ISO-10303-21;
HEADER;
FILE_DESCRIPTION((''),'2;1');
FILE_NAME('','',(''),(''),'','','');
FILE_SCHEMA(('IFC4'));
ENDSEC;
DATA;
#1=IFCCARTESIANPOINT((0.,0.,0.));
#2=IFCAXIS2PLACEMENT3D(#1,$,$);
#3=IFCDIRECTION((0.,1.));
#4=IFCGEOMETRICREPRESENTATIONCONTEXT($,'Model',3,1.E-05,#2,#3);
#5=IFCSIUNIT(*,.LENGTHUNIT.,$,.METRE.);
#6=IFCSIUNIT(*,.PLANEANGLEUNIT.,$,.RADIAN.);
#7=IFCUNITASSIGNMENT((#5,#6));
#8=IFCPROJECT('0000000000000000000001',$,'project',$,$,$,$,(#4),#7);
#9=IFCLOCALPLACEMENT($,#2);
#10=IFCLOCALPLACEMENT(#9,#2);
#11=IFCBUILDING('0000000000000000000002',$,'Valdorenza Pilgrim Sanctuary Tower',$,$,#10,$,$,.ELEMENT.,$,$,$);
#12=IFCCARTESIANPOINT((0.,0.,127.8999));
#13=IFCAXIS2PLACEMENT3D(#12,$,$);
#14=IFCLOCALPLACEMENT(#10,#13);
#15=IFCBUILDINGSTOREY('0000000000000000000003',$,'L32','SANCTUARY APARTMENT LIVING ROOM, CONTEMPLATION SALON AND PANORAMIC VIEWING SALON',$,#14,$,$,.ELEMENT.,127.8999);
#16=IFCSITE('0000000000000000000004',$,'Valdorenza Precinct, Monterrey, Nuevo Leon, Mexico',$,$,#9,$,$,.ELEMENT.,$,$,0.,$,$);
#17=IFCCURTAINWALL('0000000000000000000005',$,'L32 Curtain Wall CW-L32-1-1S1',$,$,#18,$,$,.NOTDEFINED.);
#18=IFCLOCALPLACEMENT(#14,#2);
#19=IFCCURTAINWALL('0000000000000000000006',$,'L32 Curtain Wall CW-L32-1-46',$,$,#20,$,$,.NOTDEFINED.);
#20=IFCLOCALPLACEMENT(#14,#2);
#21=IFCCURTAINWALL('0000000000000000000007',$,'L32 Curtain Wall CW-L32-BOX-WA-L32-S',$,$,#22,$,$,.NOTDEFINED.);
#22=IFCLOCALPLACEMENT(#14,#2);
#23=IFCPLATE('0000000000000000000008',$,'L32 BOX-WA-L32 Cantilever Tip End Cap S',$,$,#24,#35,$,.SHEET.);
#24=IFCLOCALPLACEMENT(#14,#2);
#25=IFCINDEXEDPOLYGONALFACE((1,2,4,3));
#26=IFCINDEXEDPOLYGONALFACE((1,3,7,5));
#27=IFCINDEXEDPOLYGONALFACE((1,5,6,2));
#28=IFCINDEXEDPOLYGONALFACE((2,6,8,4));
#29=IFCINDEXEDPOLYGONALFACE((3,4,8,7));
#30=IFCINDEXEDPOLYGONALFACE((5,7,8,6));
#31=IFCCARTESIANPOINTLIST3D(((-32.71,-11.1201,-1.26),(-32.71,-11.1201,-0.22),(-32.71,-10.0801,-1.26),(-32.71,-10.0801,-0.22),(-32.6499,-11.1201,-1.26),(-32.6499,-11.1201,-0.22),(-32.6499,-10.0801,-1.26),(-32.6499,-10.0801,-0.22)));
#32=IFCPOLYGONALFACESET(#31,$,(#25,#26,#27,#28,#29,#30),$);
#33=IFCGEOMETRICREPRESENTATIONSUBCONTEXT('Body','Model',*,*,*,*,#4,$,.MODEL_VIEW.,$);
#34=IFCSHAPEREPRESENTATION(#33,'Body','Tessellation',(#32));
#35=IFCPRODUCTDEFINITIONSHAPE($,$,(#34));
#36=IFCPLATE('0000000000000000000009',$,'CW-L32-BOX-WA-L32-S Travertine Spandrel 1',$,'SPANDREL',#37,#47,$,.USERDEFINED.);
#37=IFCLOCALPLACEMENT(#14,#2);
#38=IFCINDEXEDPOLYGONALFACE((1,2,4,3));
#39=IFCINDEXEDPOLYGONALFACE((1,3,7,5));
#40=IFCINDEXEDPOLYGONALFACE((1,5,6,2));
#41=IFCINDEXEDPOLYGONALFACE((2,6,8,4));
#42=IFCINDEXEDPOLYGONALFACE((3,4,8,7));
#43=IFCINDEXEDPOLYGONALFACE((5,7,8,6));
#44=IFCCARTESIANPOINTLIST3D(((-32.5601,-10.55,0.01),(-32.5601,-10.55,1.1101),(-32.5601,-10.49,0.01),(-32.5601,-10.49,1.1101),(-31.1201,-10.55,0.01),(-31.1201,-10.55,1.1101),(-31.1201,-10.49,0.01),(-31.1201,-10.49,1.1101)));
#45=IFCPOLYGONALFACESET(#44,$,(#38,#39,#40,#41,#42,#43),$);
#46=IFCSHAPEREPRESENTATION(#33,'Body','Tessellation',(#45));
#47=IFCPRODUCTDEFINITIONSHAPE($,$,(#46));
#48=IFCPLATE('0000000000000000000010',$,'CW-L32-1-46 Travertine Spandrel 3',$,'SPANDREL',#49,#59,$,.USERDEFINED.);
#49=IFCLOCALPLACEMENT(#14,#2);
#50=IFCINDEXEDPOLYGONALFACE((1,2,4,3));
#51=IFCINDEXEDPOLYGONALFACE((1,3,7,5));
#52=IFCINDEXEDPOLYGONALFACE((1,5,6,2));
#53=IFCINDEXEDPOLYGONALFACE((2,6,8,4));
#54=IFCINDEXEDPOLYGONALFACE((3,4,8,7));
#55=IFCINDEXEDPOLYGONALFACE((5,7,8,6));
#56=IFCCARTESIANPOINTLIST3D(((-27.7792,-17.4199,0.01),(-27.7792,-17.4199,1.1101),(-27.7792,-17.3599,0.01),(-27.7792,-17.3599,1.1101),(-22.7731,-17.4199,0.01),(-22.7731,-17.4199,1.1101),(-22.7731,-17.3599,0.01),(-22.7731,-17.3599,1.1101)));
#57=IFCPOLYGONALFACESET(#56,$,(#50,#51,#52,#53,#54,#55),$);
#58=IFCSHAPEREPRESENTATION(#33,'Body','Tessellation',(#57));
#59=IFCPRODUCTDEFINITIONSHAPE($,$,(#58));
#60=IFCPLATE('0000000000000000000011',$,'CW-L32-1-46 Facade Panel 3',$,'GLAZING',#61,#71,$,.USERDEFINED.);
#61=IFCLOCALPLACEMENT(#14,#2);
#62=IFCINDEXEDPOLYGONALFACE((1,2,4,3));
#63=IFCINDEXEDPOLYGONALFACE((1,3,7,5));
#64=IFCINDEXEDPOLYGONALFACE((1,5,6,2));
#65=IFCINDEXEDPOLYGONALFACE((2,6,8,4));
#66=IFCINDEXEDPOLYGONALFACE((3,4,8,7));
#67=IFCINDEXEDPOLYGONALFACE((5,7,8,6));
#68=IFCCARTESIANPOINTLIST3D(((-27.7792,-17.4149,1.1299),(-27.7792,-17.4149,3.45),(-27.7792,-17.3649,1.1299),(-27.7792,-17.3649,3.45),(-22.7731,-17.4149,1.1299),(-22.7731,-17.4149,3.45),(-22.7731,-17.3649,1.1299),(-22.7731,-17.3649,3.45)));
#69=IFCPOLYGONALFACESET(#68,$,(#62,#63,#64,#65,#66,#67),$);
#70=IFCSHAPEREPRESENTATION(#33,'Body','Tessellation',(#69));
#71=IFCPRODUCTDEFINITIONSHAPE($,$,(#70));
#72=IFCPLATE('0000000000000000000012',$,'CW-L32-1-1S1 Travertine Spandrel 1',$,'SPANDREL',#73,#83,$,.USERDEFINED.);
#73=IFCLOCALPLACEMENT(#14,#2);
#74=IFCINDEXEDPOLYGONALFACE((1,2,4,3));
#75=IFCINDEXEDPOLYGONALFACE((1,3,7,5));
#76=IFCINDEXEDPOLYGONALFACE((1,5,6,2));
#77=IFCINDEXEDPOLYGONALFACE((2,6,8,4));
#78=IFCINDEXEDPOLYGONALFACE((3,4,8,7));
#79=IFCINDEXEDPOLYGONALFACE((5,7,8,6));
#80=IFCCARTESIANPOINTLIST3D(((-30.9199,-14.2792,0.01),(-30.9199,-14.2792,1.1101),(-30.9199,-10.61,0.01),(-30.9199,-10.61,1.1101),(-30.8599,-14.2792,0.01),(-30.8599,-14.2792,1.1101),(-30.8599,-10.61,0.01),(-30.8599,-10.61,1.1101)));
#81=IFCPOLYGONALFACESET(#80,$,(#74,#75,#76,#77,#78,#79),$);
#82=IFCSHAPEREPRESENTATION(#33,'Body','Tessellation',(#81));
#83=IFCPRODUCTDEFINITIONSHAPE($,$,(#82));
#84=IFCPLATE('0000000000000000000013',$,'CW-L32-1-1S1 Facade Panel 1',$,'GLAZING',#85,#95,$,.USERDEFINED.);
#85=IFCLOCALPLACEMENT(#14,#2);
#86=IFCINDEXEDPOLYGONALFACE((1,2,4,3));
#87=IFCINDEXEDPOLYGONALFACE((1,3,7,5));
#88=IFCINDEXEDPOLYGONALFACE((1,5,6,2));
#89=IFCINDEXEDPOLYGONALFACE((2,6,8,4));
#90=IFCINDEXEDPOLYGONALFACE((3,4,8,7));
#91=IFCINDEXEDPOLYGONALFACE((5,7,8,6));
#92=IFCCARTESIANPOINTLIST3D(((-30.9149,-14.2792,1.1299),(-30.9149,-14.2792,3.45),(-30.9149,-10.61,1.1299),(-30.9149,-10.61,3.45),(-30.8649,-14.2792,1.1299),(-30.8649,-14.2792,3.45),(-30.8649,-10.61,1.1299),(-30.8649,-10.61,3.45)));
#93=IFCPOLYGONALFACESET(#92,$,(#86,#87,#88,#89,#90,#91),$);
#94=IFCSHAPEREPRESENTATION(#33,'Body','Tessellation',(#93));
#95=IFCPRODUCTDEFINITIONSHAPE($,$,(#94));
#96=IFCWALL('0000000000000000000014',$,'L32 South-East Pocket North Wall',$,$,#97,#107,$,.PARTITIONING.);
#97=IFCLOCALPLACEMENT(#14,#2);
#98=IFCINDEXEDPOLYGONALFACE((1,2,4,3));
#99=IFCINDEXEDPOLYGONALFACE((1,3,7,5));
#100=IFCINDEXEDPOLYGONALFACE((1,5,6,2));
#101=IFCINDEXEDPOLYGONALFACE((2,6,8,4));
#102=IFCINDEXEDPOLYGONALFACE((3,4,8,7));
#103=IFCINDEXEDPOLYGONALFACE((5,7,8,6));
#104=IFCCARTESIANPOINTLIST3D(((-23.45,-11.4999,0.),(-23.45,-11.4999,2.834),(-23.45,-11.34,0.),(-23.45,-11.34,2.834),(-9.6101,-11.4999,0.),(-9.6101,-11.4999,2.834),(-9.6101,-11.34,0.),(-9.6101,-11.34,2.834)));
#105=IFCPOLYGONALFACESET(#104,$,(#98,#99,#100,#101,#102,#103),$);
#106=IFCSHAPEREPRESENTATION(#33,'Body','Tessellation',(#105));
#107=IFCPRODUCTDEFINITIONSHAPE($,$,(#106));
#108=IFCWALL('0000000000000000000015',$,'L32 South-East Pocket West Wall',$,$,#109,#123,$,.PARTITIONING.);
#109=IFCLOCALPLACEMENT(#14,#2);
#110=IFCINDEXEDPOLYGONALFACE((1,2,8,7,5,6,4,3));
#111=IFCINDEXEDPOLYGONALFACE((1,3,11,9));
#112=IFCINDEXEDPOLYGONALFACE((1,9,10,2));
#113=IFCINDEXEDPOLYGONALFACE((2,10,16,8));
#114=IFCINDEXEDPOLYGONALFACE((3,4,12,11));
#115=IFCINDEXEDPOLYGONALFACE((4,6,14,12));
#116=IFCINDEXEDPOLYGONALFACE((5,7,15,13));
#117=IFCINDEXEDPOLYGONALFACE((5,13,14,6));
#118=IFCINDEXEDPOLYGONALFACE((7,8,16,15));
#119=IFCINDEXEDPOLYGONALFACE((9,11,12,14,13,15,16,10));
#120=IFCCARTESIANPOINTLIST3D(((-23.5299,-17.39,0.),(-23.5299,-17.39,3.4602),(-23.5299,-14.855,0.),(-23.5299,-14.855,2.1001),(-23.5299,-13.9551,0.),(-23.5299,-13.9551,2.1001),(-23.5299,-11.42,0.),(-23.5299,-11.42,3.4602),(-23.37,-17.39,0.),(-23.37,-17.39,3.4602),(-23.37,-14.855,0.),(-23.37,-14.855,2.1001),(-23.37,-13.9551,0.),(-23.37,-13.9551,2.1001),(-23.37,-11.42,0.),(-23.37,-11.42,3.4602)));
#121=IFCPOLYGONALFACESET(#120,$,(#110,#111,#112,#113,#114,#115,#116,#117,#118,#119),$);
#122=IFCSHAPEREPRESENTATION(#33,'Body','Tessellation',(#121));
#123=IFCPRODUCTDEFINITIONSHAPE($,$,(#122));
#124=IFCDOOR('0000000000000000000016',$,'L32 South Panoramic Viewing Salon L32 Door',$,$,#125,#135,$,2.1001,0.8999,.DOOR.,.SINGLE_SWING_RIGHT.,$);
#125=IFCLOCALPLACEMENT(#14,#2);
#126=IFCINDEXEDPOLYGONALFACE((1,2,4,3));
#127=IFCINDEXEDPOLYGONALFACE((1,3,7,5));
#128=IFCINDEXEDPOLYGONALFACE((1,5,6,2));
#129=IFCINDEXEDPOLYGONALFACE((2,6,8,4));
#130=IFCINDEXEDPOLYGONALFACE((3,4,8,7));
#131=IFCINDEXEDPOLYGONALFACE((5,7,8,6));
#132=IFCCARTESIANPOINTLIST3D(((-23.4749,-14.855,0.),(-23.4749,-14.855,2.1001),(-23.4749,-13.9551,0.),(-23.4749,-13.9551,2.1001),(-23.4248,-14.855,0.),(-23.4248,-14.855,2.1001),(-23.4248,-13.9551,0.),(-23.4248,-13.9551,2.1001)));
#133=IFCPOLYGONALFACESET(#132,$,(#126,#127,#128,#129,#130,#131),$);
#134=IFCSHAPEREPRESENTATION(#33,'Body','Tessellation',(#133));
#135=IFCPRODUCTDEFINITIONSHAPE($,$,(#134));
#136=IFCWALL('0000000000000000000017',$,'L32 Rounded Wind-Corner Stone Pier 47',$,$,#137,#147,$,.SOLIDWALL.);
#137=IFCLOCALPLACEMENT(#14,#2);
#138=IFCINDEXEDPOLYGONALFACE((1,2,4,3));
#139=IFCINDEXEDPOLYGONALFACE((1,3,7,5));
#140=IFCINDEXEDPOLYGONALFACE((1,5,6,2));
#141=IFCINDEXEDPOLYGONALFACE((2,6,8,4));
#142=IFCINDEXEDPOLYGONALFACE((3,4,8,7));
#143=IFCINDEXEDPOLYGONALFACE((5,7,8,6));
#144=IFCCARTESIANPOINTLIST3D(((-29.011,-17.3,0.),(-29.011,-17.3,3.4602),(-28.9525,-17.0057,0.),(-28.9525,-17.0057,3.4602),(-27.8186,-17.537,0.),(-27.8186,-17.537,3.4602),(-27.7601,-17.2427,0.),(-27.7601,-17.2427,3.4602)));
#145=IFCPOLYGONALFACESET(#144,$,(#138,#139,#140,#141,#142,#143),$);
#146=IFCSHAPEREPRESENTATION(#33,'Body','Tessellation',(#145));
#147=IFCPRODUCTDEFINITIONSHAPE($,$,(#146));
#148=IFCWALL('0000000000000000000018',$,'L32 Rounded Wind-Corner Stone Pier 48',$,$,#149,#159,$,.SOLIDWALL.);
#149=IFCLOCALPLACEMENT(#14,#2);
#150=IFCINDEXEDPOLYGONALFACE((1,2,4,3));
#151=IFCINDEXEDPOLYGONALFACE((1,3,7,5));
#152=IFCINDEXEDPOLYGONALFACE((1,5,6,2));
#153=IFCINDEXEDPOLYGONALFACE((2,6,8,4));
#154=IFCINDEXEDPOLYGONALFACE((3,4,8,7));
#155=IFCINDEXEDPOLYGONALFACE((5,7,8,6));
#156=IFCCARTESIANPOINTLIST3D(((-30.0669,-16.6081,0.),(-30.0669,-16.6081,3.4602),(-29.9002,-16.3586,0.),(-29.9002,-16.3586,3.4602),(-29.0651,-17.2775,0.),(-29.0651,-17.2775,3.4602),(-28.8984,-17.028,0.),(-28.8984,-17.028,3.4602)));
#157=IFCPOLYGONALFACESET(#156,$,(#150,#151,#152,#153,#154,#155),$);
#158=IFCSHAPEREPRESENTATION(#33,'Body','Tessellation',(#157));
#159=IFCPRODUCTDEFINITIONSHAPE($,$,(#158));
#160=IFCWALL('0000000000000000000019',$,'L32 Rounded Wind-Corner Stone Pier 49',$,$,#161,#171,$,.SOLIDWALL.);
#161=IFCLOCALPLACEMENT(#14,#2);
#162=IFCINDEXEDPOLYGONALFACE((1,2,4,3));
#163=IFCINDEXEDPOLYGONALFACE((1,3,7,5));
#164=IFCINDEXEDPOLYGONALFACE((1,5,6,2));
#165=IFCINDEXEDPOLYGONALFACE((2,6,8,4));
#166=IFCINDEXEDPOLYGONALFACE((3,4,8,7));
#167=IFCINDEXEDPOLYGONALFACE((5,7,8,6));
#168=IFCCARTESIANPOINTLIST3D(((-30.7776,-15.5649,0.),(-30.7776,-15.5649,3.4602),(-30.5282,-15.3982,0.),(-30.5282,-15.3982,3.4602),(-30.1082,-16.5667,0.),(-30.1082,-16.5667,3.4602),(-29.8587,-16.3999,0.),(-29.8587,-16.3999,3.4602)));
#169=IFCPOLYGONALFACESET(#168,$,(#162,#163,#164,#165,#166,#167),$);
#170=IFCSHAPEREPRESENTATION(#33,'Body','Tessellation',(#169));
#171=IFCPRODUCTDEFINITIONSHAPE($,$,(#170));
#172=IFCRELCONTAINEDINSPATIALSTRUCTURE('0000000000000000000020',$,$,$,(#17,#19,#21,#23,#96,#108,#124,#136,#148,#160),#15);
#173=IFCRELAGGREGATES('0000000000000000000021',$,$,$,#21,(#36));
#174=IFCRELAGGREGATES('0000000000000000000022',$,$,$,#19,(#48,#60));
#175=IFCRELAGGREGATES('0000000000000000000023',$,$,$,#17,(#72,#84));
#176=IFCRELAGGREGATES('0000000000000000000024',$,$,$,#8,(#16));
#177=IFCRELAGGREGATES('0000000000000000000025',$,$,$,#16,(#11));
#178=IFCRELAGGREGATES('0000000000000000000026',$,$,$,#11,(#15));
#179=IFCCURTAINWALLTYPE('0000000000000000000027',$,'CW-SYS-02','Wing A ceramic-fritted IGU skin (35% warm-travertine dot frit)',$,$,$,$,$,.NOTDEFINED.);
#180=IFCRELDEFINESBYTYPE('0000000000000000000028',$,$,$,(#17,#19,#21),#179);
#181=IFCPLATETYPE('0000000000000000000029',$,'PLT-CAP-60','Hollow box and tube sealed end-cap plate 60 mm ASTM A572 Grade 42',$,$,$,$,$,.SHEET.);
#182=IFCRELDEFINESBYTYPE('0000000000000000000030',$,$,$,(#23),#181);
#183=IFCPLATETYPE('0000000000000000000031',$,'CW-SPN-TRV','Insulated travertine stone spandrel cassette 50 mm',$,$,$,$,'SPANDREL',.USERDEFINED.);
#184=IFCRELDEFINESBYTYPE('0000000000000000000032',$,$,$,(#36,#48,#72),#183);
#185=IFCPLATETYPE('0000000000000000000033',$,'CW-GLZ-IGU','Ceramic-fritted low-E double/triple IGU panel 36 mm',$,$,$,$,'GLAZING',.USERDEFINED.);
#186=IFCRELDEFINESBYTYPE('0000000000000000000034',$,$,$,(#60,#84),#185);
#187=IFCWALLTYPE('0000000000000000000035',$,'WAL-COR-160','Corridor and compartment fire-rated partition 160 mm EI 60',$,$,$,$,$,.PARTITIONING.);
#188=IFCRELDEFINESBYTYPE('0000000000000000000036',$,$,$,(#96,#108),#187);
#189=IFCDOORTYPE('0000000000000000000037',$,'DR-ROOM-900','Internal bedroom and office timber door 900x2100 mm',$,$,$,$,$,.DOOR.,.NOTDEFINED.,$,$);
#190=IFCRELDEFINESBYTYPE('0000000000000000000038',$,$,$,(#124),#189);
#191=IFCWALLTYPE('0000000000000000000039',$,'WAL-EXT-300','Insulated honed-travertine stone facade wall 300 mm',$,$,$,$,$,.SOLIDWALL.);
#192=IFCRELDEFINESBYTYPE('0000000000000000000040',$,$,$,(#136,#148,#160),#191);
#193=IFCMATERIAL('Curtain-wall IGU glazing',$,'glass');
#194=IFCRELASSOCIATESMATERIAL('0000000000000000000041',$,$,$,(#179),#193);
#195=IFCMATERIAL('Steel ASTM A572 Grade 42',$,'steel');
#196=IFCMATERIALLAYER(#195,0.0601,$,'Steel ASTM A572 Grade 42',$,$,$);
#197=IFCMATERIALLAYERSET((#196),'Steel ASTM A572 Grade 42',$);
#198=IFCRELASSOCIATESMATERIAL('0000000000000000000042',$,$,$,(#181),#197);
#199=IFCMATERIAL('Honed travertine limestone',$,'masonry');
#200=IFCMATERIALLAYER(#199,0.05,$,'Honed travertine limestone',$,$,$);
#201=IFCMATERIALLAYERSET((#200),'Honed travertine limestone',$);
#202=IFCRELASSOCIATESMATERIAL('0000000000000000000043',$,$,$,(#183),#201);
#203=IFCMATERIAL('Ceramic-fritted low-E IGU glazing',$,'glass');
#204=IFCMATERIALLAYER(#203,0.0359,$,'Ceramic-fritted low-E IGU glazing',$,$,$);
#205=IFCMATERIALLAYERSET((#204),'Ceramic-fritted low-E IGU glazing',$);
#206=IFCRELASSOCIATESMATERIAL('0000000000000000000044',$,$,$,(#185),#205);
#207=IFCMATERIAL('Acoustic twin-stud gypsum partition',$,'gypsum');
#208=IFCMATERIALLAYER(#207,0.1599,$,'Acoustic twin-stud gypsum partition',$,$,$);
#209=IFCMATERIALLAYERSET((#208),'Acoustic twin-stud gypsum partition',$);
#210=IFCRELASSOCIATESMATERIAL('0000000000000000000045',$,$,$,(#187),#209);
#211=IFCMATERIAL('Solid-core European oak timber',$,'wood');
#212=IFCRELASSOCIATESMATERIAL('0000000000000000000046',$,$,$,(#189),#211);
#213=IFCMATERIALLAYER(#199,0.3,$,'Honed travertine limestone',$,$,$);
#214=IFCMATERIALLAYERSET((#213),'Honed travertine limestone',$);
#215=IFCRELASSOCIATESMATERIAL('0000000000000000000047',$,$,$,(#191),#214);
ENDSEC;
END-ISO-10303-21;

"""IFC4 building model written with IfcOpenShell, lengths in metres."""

from ifc_helpers import new_model, si_unit, direction, frame, frame_2d, origin, origin_2d, place, context, subcontext, project, spatial, rectangle, extrude, source, transform, mapped, material, layer, layer_set, type_object, element, fill, aggregate, save


model = new_model("IFC4")

# Units and contexts
model_context = context("Model", 3, precision=1e-05, world=origin(), true_north=direction((0.0, 1.0)))
body_context = subcontext(model_context, "Body", "Model", "MODEL_VIEW")
ifc_project = project(units=[si_unit("LENGTHUNIT", "METRE"), si_unit("PLANEANGLEUNIT", "RADIAN")], contexts=[model_context])

# Site, building, storey
site_placement = place(None, origin())
site = spatial("IfcSite", under=ifc_project, at=site_placement, Name="Valdorenza Precinct, Monterrey, Nuevo Leon, Mexico", CompositionType="ELEMENT", RefElevation=0.0)
building_placement = place(site_placement, origin())
building = spatial("IfcBuilding", under=site, at=building_placement, Name="Valdorenza Pilgrim Sanctuary Tower", CompositionType="ELEMENT")
storey_placement = place(building_placement, frame((0.0, 0.0, 127.8999)))
storey = spatial("IfcBuildingStorey", under=building, at=storey_placement, Name="L32", Description="SANCTUARY APARTMENT LIVING ROOM, CONTEMPLATION SALON AND PANORAMIC VIEWING SALON", CompositionType="ELEMENT", Elevation=127.8999)

# Shared definitions
ifc_material_1 = material(Name="Steel ASTM A572 Grade 42", Category="steel")

# Shared definitions
ifc_material_2 = material(Name="Curtain-wall IGU glazing", Category="glass")
curtain_wall_type = type_object("IfcCurtainWallType", Name="CW-SYS-02", Description="Wing A ceramic-fritted IGU skin (35% warm-travertine dot frit)", PredefinedType="NOTDEFINED", material=ifc_material_2)

# Curtain walls
curtain_wall_1_placement = place(storey_placement, origin())
curtain_wall_1 = element("IfcCurtainWall", 1, at=curtain_wall_1_placement, inside=storey, type_object=curtain_wall_type, Name="L32 Curtain Wall CW-L32-1-1S1", PredefinedType="NOTDEFINED")
curtain_wall_2_placement = place(storey_placement, origin())
curtain_wall_2 = element("IfcCurtainWall", 2, at=curtain_wall_2_placement, inside=storey, type_object=curtain_wall_type, Name="L32 Curtain Wall CW-L32-1-46", PredefinedType="NOTDEFINED")

# Curtain wall
curtain_wall_3_placement = place(storey_placement, origin())
curtain_wall_3 = element("IfcCurtainWall", 3, at=curtain_wall_3_placement, inside=storey, type_object=curtain_wall_type, Name="L32 Curtain Wall CW-L32-BOX-WA-L32-S", PredefinedType="NOTDEFINED")

# Plates
ifc_layer_1 = layer(ifc_material_1, 0.0601, Name="Steel ASTM A572 Grade 42")
ifc_layer_set_1 = layer_set([ifc_layer_1], Name="Steel ASTM A572 Grade 42")
plate_type_1 = type_object("IfcPlateType", Name="PLT-CAP-60", Description="Hollow box and tube sealed end-cap plate 60 mm ASTM A572 Grade 42", PredefinedType="SHEET", material=ifc_layer_set_1)
shared_shape_1 = source(origin(), body_context, "Body", "SweptSolid", [
    extrude(rectangle(XDim=0.0601, YDim=1.04, at=origin_2d()), origin(), (0.0, 0.0, 1.0), 1.04),
])
plate_1_placement = place(storey_placement, frame((-32.6799, -10.6001, -1.26), z_axis=(0.0, 0.0, 1.0), x_axis=(1.0, 0.0, 0.0)))
element("IfcPlate", 4, at=plate_1_placement, inside=storey, type_object=plate_type_1, Name="L32 BOX-WA-L32 Cantilever Tip End Cap S", PredefinedType="SHEET", context=body_context, shape_type="MappedRepresentation", body=[
    mapped(shared_shape_1, transform((0.0, 0.0, 0.0), x_axis=(1.0, 0.0, 0.0), y_axis=(0.0, 1.0, 0.0), z_axis=(0.0, 0.0, 1.0), scale=1.0)),
])
ifc_material_3 = material(Name="Honed travertine limestone", Category="masonry")
ifc_layer_2 = layer(ifc_material_3, 0.05, Name="Honed travertine limestone")
ifc_layer_set_2 = layer_set([ifc_layer_2], Name="Honed travertine limestone")
plate_type_2 = type_object("IfcPlateType", Name="CW-SPN-TRV", Description="Insulated travertine stone spandrel cassette 50 mm", ElementType="SPANDREL", PredefinedType="USERDEFINED", material=ifc_layer_set_2)
shared_shape_2 = source(origin(), body_context, "Body", "SweptSolid", [
    extrude(rectangle(XDim=1.4399, YDim=0.0601, at=origin_2d()), origin(), (0.0, 0.0, 1.0), 1.1001),
])
plate_2_placement = place(storey_placement, frame((-31.8401, -10.52, 0.01), z_axis=(0.0, 0.0, 1.0), x_axis=(-1.0, 0.0, 0.0)))
plate_2 = element("IfcPlate", 5, at=plate_2_placement, type_object=plate_type_2, Name="CW-L32-BOX-WA-L32-S Travertine Spandrel 1", ObjectType="SPANDREL", PredefinedType="USERDEFINED", context=body_context, shape_type="MappedRepresentation", body=[
    mapped(shared_shape_2, transform((0.0, 0.0, 0.0), x_axis=(1.0, 0.0, 0.0), y_axis=(0.0, 1.0, 0.0), z_axis=(0.0, 0.0, 1.0), scale=1.0)),
])
aggregate(curtain_wall_3, [plate_2])
shared_shape_3 = source(origin(), body_context, "Body", "SweptSolid", [
    extrude(rectangle(XDim=5.0061, YDim=0.0601, at=origin_2d()), origin(), (0.0, 0.0, 1.0), 1.1001),
])
plate_3_placement = place(storey_placement, frame((-25.2761, -17.3899, 0.01), z_axis=(0.0, 0.0, 1.0), x_axis=(-1.0, 0.0, 0.0)))
plate_3 = element("IfcPlate", 6, at=plate_3_placement, type_object=plate_type_2, Name="CW-L32-1-46 Travertine Spandrel 3", ObjectType="SPANDREL", PredefinedType="USERDEFINED", context=body_context, shape_type="MappedRepresentation", body=[
    mapped(shared_shape_3, transform((0.0, 0.0, 0.0), x_axis=(1.0, 0.0, 0.0), y_axis=(0.0, 1.0, 0.0), z_axis=(0.0, 0.0, 1.0), scale=1.0)),
])
ifc_material_4 = material(Name="Ceramic-fritted low-E IGU glazing", Category="glass")
ifc_layer_3 = layer(ifc_material_4, 0.0359, Name="Ceramic-fritted low-E IGU glazing")
ifc_layer_set_3 = layer_set([ifc_layer_3], Name="Ceramic-fritted low-E IGU glazing")
plate_type_3 = type_object("IfcPlateType", Name="CW-GLZ-IGU", Description="Ceramic-fritted low-E double/triple IGU panel 36 mm", ElementType="GLAZING", PredefinedType="USERDEFINED", material=ifc_layer_set_3)
shared_shape_4 = source(origin(), body_context, "Body", "SweptSolid", [
    extrude(rectangle(XDim=5.0061, YDim=0.05, at=origin_2d()), origin(), (0.0, 0.0, 1.0), 2.3201),
])
plate_4_placement = place(storey_placement, frame((-25.2761, -17.3899, 1.1299), z_axis=(0.0, 0.0, 1.0), x_axis=(-1.0, 0.0, 0.0)))
plate_4 = element("IfcPlate", 7, at=plate_4_placement, type_object=plate_type_3, Name="CW-L32-1-46 Facade Panel 3", ObjectType="GLAZING", PredefinedType="USERDEFINED", context=body_context, shape_type="MappedRepresentation", body=[
    mapped(shared_shape_4, transform((0.0, 0.0, 0.0), x_axis=(1.0, 0.0, 0.0), y_axis=(0.0, 1.0, 0.0), z_axis=(0.0, 0.0, 1.0), scale=1.0)),
])
aggregate(curtain_wall_2, [plate_3, plate_4])
shared_shape_5 = source(origin(), body_context, "Body", "SweptSolid", [
    extrude(rectangle(XDim=3.6692, YDim=0.0601, at=origin_2d()), origin(), (0.0, 0.0, 1.0), 1.1001),
])
plate_5_placement = place(storey_placement, frame((-30.8899, -12.4446, 0.01), z_axis=(0.0, 0.0, 1.0), x_axis=(0.0, 1.0, 0.0)))
plate_5 = element("IfcPlate", 8, at=plate_5_placement, type_object=plate_type_2, Name="CW-L32-1-1S1 Travertine Spandrel 1", ObjectType="SPANDREL", PredefinedType="USERDEFINED", context=body_context, shape_type="MappedRepresentation", body=[
    mapped(shared_shape_5, transform((0.0, 0.0, 0.0), x_axis=(1.0, 0.0, 0.0), y_axis=(0.0, 1.0, 0.0), z_axis=(0.0, 0.0, 1.0), scale=1.0)),
])
shared_shape_6 = source(origin(), body_context, "Body", "SweptSolid", [
    extrude(rectangle(XDim=3.6692, YDim=0.05, at=origin_2d()), origin(), (0.0, 0.0, 1.0), 2.3201),
])
plate_6_placement = place(storey_placement, frame((-30.8899, -12.4446, 1.1299), z_axis=(0.0, 0.0, 1.0), x_axis=(0.0, 1.0, 0.0)))
plate_6 = element("IfcPlate", 9, at=plate_6_placement, type_object=plate_type_3, Name="CW-L32-1-1S1 Facade Panel 1", ObjectType="GLAZING", PredefinedType="USERDEFINED", context=body_context, shape_type="MappedRepresentation", body=[
    mapped(shared_shape_6, transform((0.0, 0.0, 0.0), x_axis=(1.0, 0.0, 0.0), y_axis=(0.0, 1.0, 0.0), z_axis=(0.0, 0.0, 1.0), scale=1.0)),
])
aggregate(curtain_wall_1, [plate_5, plate_6])

# Wall
ifc_material_5 = material(Name="Acoustic twin-stud gypsum partition", Category="gypsum")
ifc_layer_4 = layer(ifc_material_5, 0.1599, Name="Acoustic twin-stud gypsum partition")
ifc_layer_set_4 = layer_set([ifc_layer_4], Name="Acoustic twin-stud gypsum partition")
wall_type_1 = type_object("IfcWallType", Name="WAL-COR-160", Description="Corridor and compartment fire-rated partition 160 mm EI 60", PredefinedType="PARTITIONING", material=ifc_layer_set_4)
wall_1_placement = place(storey_placement, frame((-23.45, -11.4199, 0.0), z_axis=(0.0, 0.0, 1.0), x_axis=(1.0, 0.0, 0.0)))
element("IfcWall", 10, at=wall_1_placement, inside=storey, type_object=wall_type_1, Name="L32 South-East Pocket North Wall", PredefinedType="PARTITIONING", context=body_context, shape_type="SweptSolid", body=[
    extrude(rectangle(XDim=13.8398, YDim=0.1599, at=frame_2d((6.9199, 0.0))), origin(), (0.0, 0.0, 1.0), 2.834),
])

# Wall, opening, door
wall_2_placement = place(storey_placement, frame((-23.45, -17.3899, 0.0), z_axis=(0.0, 0.0, 1.0), x_axis=(0.0, 1.0, 0.0)))
wall_2 = element("IfcWall", 11, at=wall_2_placement, inside=storey, type_object=wall_type_1, Name="L32 South-East Pocket West Wall", PredefinedType="PARTITIONING", context=body_context, shape_type="SweptSolid", body=[
    extrude(rectangle(XDim=5.97, YDim=0.1599, at=frame_2d((2.9849, 0.0))), origin(), (0.0, 0.0, 1.0), 3.4602),
])
opening_1_placement = place(wall_2_placement, frame((2.5349, 0.0, 0.0)))
opening_1 = element("IfcOpeningElement", 12, at=opening_1_placement, cuts=wall_2, PredefinedType="OPENING", context=body_context, shape_type="SweptSolid", body=[
    extrude(rectangle(XDim=0.8999, YDim=2.1001, at=frame_2d((0.45, 1.05))), frame((0.0, 0.0947, 0.0), z_axis=(0.0, -1.0, 0.0), x_axis=(1.0, 0.0, 0.0)), (0.0, 0.0, 1.0), 0.1897),
])
ifc_material_6 = material(Name="Solid-core European oak timber", Category="wood")
door_type_1 = type_object("IfcDoorType", Name="DR-ROOM-900", Description="Internal bedroom and office timber door 900x2100 mm", OperationType="NOTDEFINED", PredefinedType="DOOR", material=ifc_material_6)
door_1_placement = place(opening_1_placement, origin())
door_1 = element("IfcDoor", 13, at=door_1_placement, inside=storey, type_object=door_type_1, Name="L32 South Panoramic Viewing Salon L32 Door", OperationType="SINGLE_SWING_RIGHT", OverallHeight=2.1001, OverallWidth=0.8999, PredefinedType="DOOR", context=body_context, shape_type="SweptSolid", body=[
    extrude(rectangle(XDim=0.8999, YDim=2.1001, at=frame_2d((0.45, 1.05))), frame((0.0, 0.0249, 0.0), z_axis=(0.0, -1.0, 0.0), x_axis=(1.0, 0.0, 0.0)), (0.0, 0.0, 1.0), 0.05),
])
fill(opening_1, door_1)

# Walls
ifc_layer_5 = layer(ifc_material_3, 0.3, Name="Honed travertine limestone")
ifc_layer_set_5 = layer_set([ifc_layer_5], Name="Honed travertine limestone")
wall_type_2 = type_object("IfcWallType", Name="WAL-EXT-300", Description="Insulated honed-travertine stone facade wall 300 mm", PredefinedType="SOLIDWALL", material=ifc_layer_set_5)
wall_3_placement = place(storey_placement, frame((-27.7893, -17.3899, 0.0), z_axis=(0.0, 0.0, 1.0), x_axis=(-0.980804, 0.194996, 0.0)))
element("IfcWall", 14, at=wall_3_placement, inside=storey, type_object=wall_type_2, Name="L32 Rounded Wind-Corner Stone Pier 47", PredefinedType="SOLIDWALL", context=body_context, shape_type="SweptSolid", body=[
    extrude(rectangle(XDim=1.2158, YDim=0.3, at=frame_2d((0.6079, 0.0))), origin(), (0.0, 0.0, 1.0), 3.4602),
])
for number, where, z_axis, x_axis, name in (
    (15, (-28.9817, -17.1528, 0.0), (0.0, 0.0, 1.0), (-0.831426, 0.555635, 0.0), "L32 Rounded Wind-Corner Stone Pier 48"),
    (16, (-29.9834, -16.4834, 0.0), (0.0, 0.0, 1.0), (-0.555635, 0.831426, 0.0), "L32 Rounded Wind-Corner Stone Pier 49"),
):
    element("IfcWall", number, at=place(storey_placement, frame(where, z_axis=z_axis, x_axis=x_axis)), inside=storey, type_object=wall_type_2, Name=name, PredefinedType="SOLIDWALL", context=body_context, shape_type="SweptSolid", body=[
        extrude(rectangle(XDim=1.2048, YDim=0.3, at=frame_2d((0.6025, 0.0))), origin(), (0.0, 0.0, 1.0), 3.4602),
    ])

save(model, "model.ifc")
